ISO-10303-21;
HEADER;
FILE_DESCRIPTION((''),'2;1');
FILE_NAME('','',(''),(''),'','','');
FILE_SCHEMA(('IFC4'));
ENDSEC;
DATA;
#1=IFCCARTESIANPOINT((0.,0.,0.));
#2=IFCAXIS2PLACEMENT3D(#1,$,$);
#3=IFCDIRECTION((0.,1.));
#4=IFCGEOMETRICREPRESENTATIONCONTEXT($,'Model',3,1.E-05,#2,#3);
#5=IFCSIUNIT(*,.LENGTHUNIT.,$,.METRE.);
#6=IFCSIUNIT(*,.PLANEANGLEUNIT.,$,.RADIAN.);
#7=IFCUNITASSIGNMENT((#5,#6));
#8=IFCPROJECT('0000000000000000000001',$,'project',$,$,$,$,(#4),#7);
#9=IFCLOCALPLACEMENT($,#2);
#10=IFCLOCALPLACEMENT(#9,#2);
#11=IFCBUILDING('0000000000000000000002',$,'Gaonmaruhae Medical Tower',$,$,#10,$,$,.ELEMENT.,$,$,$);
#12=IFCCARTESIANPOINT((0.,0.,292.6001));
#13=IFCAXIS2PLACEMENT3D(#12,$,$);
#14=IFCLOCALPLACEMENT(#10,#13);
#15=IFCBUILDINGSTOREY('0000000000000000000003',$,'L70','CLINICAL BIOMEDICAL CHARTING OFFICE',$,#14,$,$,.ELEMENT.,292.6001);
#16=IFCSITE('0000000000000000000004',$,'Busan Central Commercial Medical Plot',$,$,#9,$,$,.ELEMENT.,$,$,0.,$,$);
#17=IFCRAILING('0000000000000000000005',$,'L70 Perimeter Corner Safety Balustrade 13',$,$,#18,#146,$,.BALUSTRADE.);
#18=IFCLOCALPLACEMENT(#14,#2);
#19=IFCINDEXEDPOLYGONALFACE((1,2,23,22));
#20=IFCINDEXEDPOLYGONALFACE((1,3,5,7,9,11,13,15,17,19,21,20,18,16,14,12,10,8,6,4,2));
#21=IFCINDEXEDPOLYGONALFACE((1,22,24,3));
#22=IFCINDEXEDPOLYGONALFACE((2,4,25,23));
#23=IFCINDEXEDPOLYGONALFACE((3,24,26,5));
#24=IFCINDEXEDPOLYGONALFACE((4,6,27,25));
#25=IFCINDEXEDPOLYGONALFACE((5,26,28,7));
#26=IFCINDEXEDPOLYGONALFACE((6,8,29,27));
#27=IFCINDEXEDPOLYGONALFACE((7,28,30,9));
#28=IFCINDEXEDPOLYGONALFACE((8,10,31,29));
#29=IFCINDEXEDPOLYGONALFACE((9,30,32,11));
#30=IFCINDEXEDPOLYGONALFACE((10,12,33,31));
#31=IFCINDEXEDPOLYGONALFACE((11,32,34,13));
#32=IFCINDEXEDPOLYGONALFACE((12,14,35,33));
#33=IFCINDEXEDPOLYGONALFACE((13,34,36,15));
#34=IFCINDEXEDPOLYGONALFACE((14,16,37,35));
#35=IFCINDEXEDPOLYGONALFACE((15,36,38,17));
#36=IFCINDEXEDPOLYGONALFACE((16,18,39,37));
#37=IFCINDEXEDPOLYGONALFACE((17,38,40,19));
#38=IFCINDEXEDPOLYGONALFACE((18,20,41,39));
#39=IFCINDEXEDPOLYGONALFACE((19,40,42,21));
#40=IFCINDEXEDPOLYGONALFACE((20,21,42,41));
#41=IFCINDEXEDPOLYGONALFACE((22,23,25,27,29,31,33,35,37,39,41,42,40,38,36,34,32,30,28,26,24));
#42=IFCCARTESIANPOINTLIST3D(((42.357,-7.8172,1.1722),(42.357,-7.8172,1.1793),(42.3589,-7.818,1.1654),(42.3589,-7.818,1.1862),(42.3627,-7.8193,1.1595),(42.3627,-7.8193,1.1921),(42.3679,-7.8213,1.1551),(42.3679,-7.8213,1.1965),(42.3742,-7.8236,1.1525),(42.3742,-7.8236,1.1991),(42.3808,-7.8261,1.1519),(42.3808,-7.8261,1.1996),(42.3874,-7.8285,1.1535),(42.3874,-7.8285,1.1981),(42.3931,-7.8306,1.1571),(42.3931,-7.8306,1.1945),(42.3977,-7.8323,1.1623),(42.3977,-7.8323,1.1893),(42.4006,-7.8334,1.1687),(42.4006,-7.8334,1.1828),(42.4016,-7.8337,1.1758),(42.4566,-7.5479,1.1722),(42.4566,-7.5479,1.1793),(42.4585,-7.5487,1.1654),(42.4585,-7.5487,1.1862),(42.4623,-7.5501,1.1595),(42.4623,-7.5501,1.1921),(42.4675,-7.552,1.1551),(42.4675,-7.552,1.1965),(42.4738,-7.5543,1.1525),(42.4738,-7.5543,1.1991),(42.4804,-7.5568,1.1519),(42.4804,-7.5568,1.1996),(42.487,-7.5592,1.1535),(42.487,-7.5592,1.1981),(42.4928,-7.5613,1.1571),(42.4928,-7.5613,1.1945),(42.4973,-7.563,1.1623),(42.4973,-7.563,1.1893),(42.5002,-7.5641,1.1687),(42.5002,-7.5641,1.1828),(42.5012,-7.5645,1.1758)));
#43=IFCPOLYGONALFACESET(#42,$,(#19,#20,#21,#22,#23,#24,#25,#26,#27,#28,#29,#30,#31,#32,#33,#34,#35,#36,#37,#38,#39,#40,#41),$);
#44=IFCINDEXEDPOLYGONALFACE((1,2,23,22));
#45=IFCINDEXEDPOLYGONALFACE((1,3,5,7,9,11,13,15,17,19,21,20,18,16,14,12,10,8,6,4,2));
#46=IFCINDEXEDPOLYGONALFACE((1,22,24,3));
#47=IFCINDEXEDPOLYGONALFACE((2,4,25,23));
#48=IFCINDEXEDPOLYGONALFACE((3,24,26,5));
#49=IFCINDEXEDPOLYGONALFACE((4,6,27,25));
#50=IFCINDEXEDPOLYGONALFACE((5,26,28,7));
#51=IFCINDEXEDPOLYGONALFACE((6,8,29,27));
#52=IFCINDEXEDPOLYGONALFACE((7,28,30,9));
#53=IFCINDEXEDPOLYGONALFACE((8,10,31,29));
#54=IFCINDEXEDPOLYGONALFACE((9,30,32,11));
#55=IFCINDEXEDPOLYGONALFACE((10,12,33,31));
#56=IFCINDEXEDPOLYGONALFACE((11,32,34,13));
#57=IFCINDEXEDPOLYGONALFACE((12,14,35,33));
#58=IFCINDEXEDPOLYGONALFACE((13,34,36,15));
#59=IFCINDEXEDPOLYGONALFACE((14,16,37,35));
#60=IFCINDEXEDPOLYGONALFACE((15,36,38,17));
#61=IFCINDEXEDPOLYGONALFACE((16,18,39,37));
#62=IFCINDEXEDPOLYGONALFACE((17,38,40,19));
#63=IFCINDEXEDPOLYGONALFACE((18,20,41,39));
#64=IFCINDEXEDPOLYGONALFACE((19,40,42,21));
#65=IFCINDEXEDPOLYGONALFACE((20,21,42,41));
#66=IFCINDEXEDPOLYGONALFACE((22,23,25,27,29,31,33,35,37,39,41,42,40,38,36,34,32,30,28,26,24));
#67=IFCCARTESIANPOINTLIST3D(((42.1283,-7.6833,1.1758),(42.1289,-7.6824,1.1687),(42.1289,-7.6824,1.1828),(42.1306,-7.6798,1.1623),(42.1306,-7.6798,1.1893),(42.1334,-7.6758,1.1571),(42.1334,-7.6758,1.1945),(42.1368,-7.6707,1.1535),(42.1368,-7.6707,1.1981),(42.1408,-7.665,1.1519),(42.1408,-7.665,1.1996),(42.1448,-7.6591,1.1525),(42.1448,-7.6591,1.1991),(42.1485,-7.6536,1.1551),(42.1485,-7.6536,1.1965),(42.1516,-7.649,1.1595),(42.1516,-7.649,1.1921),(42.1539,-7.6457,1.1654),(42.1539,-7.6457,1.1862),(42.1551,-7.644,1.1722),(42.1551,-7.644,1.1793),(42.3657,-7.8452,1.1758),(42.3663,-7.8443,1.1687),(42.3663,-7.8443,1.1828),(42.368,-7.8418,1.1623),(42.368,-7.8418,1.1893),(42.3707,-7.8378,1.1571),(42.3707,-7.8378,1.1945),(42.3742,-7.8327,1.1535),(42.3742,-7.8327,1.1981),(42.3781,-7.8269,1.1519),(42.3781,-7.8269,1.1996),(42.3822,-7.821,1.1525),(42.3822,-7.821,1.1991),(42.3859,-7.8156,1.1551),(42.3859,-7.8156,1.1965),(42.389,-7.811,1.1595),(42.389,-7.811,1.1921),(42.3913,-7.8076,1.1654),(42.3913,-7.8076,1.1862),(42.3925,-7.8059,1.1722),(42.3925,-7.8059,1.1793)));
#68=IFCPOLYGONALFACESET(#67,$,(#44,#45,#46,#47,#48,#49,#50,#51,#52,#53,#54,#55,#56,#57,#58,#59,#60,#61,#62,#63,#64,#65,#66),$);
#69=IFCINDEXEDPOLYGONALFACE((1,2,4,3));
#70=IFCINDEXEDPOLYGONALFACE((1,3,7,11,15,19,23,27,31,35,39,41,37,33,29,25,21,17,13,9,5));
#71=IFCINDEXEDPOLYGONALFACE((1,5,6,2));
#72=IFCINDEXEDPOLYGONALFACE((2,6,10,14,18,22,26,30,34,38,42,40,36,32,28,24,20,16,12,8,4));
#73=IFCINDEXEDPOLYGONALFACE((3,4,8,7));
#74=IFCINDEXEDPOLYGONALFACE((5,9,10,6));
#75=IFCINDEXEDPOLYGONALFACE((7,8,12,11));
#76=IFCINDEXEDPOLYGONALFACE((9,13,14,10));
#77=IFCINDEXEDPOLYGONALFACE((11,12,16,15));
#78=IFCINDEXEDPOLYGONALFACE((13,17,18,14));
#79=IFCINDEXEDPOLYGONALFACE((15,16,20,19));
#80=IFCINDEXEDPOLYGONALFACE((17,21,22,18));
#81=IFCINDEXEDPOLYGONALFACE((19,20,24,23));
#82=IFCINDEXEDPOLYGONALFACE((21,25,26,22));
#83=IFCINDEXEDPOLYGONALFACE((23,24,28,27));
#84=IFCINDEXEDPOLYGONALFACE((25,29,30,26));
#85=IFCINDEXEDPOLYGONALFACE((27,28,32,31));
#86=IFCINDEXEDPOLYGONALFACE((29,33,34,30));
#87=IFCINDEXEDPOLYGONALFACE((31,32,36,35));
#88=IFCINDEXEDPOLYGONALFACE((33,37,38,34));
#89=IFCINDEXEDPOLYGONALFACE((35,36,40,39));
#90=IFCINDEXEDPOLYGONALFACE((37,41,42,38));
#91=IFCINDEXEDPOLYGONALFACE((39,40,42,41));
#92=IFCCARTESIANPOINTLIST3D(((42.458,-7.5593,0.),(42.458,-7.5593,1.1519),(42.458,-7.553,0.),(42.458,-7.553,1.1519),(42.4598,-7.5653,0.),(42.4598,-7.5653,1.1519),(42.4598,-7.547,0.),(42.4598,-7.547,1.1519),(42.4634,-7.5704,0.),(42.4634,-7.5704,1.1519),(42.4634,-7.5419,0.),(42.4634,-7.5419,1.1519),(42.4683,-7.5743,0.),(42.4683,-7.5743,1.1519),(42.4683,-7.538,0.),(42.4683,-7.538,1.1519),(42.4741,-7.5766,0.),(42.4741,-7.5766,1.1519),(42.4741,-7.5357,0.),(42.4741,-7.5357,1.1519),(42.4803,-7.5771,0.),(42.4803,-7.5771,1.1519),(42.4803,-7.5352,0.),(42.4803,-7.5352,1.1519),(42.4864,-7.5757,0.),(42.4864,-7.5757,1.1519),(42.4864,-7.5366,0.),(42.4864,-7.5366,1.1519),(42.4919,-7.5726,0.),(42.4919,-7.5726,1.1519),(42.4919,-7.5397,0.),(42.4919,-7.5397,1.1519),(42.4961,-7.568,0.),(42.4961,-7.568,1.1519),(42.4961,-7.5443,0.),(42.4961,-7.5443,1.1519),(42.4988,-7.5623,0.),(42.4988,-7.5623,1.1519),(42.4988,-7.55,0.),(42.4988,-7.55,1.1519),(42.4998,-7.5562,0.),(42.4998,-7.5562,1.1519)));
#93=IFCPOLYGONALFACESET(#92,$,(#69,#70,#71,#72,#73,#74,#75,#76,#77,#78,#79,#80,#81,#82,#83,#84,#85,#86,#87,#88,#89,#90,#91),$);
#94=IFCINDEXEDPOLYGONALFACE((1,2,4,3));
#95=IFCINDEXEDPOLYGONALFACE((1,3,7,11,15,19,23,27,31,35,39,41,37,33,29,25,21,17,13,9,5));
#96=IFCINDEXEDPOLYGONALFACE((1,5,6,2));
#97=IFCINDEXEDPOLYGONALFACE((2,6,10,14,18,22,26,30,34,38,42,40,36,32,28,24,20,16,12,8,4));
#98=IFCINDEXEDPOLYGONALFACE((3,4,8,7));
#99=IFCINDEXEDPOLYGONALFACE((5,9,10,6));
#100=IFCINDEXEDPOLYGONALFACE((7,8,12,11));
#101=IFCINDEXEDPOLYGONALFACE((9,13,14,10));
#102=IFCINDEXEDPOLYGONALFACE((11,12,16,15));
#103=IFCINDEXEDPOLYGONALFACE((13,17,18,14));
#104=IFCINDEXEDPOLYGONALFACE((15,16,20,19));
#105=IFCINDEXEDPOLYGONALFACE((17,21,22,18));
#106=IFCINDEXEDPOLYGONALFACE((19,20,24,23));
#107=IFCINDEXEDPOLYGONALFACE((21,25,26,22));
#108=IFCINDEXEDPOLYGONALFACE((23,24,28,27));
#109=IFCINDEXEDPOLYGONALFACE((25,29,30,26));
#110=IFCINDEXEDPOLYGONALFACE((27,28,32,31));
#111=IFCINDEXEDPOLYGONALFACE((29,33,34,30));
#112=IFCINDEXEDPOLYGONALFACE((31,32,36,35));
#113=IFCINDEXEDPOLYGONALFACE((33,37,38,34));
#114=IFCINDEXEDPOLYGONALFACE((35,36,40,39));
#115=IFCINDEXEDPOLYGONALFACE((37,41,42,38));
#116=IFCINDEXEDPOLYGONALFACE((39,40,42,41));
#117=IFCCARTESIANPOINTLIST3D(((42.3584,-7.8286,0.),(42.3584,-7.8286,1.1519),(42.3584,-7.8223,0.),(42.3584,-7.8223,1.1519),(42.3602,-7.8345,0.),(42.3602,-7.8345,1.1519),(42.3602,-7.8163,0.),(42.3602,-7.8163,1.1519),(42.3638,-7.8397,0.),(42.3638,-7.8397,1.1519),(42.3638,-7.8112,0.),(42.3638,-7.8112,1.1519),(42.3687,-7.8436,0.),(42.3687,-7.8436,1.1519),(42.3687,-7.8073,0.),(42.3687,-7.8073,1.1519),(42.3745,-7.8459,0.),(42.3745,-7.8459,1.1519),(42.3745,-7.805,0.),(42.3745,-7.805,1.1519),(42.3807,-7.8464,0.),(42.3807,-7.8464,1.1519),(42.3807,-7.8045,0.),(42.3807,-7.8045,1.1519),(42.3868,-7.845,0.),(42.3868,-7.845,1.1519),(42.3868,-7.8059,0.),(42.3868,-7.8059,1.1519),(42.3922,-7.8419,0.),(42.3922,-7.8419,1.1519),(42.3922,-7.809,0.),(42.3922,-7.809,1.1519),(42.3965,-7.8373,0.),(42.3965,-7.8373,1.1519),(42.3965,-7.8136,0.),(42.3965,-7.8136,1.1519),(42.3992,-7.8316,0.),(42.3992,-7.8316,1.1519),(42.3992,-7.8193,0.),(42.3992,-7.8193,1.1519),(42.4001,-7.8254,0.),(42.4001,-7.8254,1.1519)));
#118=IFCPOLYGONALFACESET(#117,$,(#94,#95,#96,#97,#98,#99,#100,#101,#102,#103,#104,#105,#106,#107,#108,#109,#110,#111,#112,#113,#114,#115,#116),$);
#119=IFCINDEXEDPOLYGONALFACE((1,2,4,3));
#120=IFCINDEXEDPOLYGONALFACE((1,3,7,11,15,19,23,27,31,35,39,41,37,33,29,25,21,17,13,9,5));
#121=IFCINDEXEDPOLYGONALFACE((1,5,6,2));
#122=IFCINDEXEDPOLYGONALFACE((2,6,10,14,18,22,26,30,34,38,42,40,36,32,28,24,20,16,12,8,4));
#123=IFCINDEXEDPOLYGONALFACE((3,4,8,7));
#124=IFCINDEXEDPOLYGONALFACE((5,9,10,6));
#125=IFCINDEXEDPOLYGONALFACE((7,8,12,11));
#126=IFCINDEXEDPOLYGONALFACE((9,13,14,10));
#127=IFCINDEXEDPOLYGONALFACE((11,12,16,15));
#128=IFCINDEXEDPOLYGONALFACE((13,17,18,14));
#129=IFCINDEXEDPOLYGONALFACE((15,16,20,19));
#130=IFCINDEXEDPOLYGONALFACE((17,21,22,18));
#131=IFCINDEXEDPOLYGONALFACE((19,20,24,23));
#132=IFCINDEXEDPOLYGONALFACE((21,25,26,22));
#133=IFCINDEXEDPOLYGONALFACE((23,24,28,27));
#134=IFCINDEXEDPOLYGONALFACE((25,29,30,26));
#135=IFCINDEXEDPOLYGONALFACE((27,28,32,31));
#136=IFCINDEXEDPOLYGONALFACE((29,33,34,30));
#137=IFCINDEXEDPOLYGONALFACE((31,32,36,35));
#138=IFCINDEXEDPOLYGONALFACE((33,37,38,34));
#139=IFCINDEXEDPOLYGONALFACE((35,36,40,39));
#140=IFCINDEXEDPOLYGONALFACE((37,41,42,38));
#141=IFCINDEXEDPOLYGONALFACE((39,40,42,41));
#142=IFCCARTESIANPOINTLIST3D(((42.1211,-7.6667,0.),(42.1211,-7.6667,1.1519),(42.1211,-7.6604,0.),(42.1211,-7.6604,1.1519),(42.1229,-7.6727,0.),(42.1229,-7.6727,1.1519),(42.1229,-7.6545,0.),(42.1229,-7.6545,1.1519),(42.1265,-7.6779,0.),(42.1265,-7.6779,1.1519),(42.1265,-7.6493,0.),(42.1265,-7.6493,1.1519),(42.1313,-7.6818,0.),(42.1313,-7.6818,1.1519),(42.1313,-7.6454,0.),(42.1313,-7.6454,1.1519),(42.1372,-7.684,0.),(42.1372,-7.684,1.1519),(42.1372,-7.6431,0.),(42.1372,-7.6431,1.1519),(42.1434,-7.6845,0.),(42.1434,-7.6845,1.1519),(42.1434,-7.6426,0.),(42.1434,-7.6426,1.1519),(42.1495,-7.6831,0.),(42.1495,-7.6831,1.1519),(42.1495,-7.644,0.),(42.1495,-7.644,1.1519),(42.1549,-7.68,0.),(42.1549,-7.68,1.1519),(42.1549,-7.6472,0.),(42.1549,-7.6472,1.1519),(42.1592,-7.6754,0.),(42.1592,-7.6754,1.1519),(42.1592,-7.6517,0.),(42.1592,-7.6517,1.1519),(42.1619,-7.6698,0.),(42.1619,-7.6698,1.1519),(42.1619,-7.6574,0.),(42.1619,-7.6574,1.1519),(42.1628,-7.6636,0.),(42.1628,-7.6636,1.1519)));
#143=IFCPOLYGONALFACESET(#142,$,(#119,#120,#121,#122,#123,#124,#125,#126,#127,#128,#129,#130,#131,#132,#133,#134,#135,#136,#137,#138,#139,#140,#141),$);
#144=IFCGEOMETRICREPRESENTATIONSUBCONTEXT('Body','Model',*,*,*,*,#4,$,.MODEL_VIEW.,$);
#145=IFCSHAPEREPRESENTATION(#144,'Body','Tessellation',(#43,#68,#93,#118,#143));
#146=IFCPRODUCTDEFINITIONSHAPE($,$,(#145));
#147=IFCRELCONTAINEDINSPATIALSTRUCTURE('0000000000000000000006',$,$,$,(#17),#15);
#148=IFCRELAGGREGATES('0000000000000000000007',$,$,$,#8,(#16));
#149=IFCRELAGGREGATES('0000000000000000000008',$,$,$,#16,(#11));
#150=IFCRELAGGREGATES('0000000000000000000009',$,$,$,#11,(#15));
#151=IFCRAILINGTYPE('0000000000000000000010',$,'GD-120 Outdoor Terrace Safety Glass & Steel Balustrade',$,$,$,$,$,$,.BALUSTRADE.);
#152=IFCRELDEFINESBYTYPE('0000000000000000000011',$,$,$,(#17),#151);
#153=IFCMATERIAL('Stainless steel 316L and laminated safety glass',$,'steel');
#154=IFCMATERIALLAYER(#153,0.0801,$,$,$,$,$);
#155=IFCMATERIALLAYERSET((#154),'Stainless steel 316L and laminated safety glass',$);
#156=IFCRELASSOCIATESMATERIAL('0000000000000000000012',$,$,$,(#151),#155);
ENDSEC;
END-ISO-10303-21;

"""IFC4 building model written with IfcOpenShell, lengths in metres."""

from ifc_helpers import new_model, si_unit, direction, frame, origin, origin_2d, place, context, subcontext, project, spatial, circle, extrude, material, layer, layer_set, type_object, element, save


model = new_model("IFC4")

# Units and contexts
model_context = context("Model", 3, precision=1e-05, world=origin(), true_north=direction((0.0, 1.0)))
body_context = subcontext(model_context, "Body", "Model", "MODEL_VIEW")
ifc_project = project(units=[si_unit("LENGTHUNIT", "METRE"), si_unit("PLANEANGLEUNIT", "RADIAN")], contexts=[model_context])

# Site, building, storey
site_placement = place(None, origin())
site = spatial("IfcSite", under=ifc_project, at=site_placement, Name="Busan Central Commercial Medical Plot", CompositionType="ELEMENT", RefElevation=0.0)
building_placement = place(site_placement, origin())
building = spatial("IfcBuilding", under=site, at=building_placement, Name="Gaonmaruhae Medical Tower", CompositionType="ELEMENT")
storey_placement = place(building_placement, frame((0.0, 0.0, 292.6001)))
storey = spatial("IfcBuildingStorey", under=building, at=storey_placement, Name="L70", Description="CLINICAL BIOMEDICAL CHARTING OFFICE", CompositionType="ELEMENT", Elevation=292.6001)

# Railing
ifc_material_1 = material(Name="Stainless steel 316L and laminated safety glass", Category="steel")
ifc_layer_1 = layer(ifc_material_1, 0.0801)
ifc_layer_set_1 = layer_set([ifc_layer_1], Name="Stainless steel 316L and laminated safety glass")
railing_type = type_object("IfcRailingType", Name="GD-120 Outdoor Terrace Safety Glass & Steel Balustrade", PredefinedType="BALUSTRADE", material=ifc_layer_set_1)
railing_1_placement = place(storey_placement, frame((42.4788, -7.5562, 0.0)))
element("IfcRailing", 1, at=railing_1_placement, inside=storey, type_object=railing_type, Name="L70 Perimeter Corner Safety Balustrade 13", PredefinedType="BALUSTRADE", context=body_context, shape_type="SweptSolid", body=[
    extrude(circle(Radius=0.0239, at=origin_2d()), frame((0.0, 0.0, 1.1758), z_axis=(-0.346927, -0.937892, 0.0), x_axis=(0.937892, -0.346927, 0.0)), (0.0, 0.0, 1.0), 0.2871),
    extrude(circle(Radius=0.0239, at=origin_2d()), frame((-0.0996, -0.2693, 1.1758), z_axis=(-0.826119, 0.563495, 0.0), x_axis=(-0.563495, -0.826119, 0.0)), (0.0, 0.0, 1.0), 0.2874),
    extrude(circle(Radius=0.021, at=origin_2d()), origin(), (0.0, 0.0, 1.0), 1.1519),
    extrude(circle(Radius=0.021, at=origin_2d()), frame((-0.0996, -0.2693, 0.0)), (0.0, 0.0, 1.0), 1.1519),
    extrude(circle(Radius=0.021, at=origin_2d()), frame((-0.3369, -0.1074, 0.0)), (0.0, 0.0, 1.0), 1.1519),
])

save(model, "model.ifc")
